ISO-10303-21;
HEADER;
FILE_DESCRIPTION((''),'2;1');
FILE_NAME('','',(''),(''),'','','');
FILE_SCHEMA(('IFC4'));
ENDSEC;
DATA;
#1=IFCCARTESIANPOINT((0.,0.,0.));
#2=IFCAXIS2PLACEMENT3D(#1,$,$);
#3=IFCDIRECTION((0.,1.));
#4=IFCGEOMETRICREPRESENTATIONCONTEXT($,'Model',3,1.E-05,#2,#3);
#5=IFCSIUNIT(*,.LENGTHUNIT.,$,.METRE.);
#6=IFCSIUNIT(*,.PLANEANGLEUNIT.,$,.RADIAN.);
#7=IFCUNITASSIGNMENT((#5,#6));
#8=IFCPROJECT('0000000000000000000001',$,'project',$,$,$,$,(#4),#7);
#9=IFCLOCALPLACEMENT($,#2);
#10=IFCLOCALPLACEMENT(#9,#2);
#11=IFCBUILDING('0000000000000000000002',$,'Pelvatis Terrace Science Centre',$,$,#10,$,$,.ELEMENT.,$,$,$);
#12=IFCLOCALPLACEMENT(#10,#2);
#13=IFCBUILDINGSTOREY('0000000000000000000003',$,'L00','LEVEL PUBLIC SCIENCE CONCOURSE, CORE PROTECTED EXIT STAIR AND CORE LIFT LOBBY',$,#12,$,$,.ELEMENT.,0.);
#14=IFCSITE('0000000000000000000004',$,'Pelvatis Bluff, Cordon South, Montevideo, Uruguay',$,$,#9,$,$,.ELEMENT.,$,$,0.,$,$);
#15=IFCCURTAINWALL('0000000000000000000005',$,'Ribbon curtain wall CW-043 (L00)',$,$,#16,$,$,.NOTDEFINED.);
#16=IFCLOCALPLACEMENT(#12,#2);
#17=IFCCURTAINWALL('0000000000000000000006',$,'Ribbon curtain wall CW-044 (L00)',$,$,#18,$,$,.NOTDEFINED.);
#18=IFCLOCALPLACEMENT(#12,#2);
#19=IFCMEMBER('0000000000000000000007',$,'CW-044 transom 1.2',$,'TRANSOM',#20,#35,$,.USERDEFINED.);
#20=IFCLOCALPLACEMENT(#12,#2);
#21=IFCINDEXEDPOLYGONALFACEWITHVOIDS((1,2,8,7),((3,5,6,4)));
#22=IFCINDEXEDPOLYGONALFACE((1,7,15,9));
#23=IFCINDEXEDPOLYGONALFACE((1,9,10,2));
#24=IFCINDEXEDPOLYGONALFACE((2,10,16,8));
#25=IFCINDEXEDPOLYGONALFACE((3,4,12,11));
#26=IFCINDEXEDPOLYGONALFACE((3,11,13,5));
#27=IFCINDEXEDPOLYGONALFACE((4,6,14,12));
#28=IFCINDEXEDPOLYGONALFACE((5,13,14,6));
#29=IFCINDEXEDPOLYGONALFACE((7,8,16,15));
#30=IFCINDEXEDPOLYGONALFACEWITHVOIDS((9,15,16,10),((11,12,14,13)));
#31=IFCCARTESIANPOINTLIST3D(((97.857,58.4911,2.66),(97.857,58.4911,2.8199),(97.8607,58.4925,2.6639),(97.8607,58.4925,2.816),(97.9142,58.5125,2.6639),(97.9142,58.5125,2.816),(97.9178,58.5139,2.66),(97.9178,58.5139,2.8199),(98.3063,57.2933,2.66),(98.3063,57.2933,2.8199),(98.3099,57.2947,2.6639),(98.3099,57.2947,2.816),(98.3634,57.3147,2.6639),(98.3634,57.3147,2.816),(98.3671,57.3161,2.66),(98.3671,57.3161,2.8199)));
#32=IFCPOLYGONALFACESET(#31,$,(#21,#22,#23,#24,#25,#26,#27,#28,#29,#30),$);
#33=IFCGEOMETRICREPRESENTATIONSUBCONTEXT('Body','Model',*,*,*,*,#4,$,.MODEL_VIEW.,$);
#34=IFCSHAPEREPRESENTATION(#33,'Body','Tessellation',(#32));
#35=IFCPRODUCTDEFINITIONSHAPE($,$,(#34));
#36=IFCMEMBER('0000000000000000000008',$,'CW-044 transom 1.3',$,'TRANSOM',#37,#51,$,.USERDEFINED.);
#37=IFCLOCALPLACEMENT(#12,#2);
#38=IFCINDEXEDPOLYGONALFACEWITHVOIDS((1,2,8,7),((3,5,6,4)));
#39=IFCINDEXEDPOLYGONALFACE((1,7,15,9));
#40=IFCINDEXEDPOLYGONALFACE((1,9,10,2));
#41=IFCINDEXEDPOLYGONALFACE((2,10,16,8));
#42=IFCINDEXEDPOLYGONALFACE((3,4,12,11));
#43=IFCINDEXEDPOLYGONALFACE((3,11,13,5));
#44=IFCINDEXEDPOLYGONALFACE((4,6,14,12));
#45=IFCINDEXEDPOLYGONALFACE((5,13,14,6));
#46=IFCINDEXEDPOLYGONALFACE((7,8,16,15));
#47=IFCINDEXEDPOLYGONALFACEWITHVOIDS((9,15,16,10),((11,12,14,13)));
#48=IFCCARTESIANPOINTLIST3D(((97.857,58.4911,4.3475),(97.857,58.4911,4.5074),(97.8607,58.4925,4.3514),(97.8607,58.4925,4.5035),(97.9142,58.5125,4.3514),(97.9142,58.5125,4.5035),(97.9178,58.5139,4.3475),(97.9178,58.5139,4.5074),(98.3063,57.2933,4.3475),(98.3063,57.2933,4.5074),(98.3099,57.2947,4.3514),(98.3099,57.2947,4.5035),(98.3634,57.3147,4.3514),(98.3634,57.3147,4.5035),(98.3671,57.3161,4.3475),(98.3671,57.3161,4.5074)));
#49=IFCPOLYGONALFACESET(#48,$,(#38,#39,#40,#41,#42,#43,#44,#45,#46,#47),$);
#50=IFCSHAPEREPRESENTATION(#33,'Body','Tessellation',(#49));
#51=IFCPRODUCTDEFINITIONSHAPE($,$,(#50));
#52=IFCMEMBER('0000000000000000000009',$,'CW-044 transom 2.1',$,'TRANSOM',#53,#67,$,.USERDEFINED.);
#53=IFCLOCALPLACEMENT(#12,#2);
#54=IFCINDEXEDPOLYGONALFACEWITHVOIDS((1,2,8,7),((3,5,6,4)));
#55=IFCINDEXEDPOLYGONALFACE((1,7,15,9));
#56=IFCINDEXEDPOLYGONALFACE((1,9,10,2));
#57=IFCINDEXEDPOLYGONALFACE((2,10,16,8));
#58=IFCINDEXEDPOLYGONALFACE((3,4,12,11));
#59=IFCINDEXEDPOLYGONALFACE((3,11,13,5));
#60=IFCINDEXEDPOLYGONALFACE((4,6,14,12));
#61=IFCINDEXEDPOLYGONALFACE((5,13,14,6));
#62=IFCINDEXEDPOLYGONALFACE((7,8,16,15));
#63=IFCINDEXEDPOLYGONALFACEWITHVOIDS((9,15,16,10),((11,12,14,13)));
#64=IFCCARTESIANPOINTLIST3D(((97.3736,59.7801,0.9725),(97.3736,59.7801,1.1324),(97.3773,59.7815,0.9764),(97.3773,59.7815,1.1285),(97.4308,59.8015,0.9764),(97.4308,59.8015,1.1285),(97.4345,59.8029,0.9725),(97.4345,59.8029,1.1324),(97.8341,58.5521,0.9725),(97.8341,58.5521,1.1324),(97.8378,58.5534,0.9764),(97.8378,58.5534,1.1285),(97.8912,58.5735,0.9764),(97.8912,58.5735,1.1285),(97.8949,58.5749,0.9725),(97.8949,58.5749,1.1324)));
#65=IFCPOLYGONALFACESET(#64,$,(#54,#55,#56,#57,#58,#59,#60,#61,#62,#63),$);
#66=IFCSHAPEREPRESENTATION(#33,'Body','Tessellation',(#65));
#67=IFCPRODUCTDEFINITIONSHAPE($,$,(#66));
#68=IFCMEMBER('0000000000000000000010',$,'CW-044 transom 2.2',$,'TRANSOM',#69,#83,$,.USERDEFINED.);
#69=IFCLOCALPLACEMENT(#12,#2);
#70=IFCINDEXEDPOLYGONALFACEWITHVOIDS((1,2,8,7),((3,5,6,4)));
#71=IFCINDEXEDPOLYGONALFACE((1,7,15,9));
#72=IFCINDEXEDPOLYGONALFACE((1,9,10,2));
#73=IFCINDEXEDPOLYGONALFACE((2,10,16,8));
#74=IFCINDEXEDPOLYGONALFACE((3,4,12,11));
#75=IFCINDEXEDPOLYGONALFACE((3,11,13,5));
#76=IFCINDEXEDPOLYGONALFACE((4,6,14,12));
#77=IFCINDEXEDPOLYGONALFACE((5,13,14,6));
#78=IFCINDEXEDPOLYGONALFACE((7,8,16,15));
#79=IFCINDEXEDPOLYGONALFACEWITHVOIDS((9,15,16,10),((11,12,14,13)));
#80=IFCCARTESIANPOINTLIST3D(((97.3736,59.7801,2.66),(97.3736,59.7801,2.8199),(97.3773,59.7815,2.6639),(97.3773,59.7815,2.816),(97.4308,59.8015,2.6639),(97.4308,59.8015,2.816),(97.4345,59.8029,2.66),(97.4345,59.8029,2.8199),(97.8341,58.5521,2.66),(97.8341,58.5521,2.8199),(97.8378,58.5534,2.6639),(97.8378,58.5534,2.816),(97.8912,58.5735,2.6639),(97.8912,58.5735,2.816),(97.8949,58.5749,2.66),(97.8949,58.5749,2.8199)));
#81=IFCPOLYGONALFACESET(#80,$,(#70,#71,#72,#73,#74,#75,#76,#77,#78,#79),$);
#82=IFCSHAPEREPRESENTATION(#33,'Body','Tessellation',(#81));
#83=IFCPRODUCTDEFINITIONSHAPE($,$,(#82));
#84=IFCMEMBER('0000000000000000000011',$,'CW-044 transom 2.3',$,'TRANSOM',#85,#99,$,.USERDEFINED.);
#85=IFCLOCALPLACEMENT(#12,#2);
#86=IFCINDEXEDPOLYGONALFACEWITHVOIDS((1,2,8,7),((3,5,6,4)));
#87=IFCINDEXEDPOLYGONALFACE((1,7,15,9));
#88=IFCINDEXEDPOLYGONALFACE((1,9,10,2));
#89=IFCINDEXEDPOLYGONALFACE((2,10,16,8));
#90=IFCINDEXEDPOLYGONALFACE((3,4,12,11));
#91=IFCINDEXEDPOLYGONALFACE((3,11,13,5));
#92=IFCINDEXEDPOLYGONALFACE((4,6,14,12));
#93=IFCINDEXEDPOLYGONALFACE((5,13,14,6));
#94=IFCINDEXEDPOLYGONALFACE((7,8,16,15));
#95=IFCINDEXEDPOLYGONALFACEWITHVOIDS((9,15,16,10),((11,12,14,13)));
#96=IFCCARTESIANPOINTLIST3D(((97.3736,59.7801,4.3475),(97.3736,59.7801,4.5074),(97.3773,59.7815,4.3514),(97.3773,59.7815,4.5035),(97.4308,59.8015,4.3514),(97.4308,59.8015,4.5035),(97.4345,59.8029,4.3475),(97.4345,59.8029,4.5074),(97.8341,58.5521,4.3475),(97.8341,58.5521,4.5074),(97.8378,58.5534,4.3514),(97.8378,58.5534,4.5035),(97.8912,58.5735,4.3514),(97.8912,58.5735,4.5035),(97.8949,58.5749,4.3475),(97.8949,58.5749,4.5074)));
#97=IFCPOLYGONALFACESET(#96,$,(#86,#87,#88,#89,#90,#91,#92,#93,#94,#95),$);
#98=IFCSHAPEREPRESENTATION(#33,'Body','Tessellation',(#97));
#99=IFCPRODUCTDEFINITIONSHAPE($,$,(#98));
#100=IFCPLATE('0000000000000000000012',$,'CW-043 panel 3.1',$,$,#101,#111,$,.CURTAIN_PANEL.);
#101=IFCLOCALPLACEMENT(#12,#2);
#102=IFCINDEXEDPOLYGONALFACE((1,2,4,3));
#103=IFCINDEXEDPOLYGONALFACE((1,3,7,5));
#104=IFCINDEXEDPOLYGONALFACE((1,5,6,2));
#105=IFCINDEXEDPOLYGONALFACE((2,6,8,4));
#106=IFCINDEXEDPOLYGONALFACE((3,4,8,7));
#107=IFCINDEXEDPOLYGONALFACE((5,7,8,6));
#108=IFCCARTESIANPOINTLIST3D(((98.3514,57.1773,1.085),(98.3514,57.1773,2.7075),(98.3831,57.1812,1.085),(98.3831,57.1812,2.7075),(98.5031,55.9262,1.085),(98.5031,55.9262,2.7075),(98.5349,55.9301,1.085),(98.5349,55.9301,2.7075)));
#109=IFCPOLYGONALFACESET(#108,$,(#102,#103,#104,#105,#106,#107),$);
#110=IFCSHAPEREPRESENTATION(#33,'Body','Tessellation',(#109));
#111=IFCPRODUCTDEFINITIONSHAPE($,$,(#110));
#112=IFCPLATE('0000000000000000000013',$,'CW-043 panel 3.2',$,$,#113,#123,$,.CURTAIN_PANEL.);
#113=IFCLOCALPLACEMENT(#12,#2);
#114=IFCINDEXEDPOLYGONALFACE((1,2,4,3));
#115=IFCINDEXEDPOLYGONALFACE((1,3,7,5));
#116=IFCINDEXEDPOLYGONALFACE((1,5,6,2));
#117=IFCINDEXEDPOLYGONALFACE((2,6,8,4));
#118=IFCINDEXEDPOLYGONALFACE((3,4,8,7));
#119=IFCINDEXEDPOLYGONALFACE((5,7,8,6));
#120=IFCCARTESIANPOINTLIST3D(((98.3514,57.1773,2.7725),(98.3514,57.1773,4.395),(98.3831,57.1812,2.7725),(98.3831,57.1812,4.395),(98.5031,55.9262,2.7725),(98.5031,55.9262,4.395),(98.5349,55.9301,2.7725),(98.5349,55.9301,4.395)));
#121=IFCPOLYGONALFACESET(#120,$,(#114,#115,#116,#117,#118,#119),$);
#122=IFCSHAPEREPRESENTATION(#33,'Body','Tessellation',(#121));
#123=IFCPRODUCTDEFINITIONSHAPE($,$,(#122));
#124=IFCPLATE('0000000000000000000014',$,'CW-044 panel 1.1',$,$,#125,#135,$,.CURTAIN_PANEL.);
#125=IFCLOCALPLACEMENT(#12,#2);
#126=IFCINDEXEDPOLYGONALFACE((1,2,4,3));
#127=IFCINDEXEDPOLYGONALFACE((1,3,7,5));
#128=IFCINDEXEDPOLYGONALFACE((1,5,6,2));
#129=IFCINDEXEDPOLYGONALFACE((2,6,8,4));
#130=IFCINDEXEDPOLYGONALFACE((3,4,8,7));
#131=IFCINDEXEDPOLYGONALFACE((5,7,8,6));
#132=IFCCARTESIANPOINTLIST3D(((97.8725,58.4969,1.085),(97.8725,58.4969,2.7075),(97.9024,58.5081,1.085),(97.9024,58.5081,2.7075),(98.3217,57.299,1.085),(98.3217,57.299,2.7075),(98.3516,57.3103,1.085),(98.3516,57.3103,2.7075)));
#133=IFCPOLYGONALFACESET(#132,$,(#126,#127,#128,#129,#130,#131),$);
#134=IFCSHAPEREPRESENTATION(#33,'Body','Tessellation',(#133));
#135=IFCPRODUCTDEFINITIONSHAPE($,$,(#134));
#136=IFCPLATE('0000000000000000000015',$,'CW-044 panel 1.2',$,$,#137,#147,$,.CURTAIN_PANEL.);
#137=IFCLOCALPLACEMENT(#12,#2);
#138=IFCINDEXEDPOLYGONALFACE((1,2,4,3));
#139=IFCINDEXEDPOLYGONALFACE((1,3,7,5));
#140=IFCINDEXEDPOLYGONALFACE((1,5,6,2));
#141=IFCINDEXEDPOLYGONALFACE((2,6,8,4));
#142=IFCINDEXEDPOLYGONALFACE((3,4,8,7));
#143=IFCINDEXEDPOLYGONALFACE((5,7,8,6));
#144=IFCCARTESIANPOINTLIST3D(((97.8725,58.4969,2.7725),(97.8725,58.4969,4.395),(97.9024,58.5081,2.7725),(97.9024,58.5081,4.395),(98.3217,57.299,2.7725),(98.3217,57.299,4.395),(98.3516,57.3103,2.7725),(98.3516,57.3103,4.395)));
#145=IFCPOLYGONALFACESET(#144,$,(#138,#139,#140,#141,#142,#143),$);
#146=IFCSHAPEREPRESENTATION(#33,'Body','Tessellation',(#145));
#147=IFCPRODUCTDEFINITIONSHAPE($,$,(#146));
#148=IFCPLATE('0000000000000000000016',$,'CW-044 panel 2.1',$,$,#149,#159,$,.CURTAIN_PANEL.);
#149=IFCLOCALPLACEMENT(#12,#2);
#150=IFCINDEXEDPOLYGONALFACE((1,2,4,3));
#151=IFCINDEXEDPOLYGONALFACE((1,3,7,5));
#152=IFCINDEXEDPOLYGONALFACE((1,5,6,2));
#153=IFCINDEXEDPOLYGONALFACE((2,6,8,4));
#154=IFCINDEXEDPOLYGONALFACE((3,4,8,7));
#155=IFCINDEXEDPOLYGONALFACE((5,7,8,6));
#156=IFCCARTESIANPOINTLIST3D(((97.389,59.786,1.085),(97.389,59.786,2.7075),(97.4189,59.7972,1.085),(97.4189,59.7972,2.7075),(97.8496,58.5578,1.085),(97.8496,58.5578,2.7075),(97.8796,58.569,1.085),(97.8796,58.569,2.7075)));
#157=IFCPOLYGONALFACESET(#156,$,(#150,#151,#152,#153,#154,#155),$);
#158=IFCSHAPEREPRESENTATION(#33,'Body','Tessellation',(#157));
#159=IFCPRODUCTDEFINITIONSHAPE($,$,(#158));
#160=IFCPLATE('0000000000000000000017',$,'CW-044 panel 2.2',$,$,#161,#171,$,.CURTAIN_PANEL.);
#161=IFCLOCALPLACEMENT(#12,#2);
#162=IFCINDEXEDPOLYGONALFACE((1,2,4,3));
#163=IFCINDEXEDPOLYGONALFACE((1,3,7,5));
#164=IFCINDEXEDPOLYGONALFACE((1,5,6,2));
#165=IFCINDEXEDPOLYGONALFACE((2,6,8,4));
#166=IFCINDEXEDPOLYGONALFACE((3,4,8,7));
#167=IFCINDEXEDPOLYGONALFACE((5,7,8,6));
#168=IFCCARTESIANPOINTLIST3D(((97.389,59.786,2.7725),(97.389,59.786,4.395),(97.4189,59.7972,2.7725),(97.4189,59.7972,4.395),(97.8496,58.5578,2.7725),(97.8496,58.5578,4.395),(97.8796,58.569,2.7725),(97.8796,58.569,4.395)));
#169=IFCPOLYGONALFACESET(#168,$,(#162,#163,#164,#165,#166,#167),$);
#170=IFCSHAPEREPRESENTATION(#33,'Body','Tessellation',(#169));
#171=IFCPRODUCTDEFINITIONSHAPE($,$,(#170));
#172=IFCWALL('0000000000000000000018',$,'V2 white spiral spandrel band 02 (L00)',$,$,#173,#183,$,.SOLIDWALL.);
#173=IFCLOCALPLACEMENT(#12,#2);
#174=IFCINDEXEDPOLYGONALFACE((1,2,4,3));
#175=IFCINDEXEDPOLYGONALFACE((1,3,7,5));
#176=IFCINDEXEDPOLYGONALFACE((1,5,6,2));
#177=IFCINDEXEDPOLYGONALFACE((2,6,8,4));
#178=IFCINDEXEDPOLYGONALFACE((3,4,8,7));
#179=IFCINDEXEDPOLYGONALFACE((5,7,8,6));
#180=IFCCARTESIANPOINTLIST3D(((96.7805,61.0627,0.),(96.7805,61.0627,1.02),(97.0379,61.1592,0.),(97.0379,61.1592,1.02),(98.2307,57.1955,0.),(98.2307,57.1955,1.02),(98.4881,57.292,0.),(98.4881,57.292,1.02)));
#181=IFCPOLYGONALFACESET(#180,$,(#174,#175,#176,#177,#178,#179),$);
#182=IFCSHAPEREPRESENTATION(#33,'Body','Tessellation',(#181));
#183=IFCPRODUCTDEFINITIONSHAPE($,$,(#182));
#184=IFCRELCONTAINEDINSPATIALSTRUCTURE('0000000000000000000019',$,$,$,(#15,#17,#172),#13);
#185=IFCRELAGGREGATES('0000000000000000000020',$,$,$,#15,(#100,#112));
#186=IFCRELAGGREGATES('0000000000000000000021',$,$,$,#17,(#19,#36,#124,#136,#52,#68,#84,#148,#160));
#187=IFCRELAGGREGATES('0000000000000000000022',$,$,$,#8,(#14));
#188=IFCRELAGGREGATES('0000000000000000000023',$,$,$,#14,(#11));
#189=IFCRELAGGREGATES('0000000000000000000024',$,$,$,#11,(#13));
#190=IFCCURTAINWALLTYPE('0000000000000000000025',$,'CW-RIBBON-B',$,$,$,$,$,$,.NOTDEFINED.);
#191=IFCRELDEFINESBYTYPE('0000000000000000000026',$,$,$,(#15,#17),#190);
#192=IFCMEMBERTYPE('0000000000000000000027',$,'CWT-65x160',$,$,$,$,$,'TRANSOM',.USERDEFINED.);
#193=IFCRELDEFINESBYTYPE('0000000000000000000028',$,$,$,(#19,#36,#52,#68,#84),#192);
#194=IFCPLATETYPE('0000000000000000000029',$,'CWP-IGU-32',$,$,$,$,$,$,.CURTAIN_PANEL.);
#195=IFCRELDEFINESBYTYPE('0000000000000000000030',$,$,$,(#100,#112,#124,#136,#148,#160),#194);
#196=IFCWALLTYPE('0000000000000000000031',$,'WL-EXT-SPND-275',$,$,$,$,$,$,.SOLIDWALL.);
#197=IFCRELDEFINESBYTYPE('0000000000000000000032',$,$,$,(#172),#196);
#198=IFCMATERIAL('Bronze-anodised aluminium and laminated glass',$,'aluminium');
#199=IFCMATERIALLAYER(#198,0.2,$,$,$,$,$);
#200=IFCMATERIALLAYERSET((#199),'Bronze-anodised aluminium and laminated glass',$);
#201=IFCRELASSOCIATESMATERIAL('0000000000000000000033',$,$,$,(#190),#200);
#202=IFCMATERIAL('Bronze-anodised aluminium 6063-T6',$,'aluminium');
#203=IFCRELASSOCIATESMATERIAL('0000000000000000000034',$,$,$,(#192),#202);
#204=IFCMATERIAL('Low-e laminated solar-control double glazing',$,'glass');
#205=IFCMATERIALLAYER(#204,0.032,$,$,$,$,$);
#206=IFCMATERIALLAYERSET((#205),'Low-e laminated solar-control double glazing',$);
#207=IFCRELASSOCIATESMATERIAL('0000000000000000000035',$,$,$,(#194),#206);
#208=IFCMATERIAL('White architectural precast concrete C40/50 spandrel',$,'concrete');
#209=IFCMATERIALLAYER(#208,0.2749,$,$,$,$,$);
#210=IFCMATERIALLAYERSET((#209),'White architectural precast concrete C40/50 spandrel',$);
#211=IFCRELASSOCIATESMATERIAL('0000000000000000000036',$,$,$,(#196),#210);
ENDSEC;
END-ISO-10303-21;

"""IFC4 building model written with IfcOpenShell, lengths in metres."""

from ifc_helpers import new_model, si_unit, direction, frame, frame_2d, origin, origin_2d, place, context, subcontext, project, spatial, rectangle, hollow_rectangle, extrude, material, layer, layer_set, material_profile, profile_set, type_object, element, aggregate, save


model = new_model("IFC4")

# Units and contexts
model_context = context("Model", 3, precision=1e-05, world=origin(), true_north=direction((0.0, 1.0)))
body_context = subcontext(model_context, "Body", "Model", "MODEL_VIEW")
ifc_project = project(units=[si_unit("LENGTHUNIT", "METRE"), si_unit("PLANEANGLEUNIT", "RADIAN")], contexts=[model_context])

# Site, building, storey
site_placement = place(None, origin())
site = spatial("IfcSite", under=ifc_project, at=site_placement, Name="Pelvatis Bluff, Cordon South, Montevideo, Uruguay", CompositionType="ELEMENT", RefElevation=0.0)
building_placement = place(site_placement, origin())
building = spatial("IfcBuilding", under=site, at=building_placement, Name="Pelvatis Terrace Science Centre", CompositionType="ELEMENT")
storey_placement = place(building_placement, origin())
storey = spatial("IfcBuildingStorey", under=building, at=storey_placement, Name="L00", Description="LEVEL PUBLIC SCIENCE CONCOURSE, CORE PROTECTED EXIT STAIR AND CORE LIFT LOBBY", CompositionType="ELEMENT", Elevation=0.0)

# Curtain walls
ifc_material_1 = material(Name="Bronze-anodised aluminium and laminated glass", Category="aluminium")
ifc_layer_1 = layer(ifc_material_1, 0.2)
ifc_layer_set_1 = layer_set([ifc_layer_1], Name="Bronze-anodised aluminium and laminated glass")
curtain_wall_type = type_object("IfcCurtainWallType", Name="CW-RIBBON-B", PredefinedType="NOTDEFINED", material=ifc_layer_set_1)
curtain_wall_1_placement = place(storey_placement, origin())
curtain_wall_1 = element("IfcCurtainWall", 1, at=curtain_wall_1_placement, inside=storey, type_object=curtain_wall_type, Name="Ribbon curtain wall CW-043 (L00)", PredefinedType="NOTDEFINED")
curtain_wall_2_placement = place(storey_placement, origin())
curtain_wall_2 = element("IfcCurtainWall", 2, at=curtain_wall_2_placement, inside=storey, type_object=curtain_wall_type, Name="Ribbon curtain wall CW-044 (L00)", PredefinedType="NOTDEFINED")

# Members
ifc_material_2 = material(Name="Bronze-anodised aluminium 6063-T6", Category="aluminium")
ifc_material_profile_1 = material_profile(ifc_material_2, hollow_rectangle(XDim=0.0649, YDim=0.1599, WallThickness=0.0039, at=origin_2d()), Name="ALU-TRN 65x160")
ifc_profile_set_1 = profile_set([ifc_material_profile_1], Name="Bronze-anodised aluminium 6063-T6")
member_type_1 = type_object("IfcMemberType", Name="CWT-65x160", ElementType="TRANSOM", PredefinedType="USERDEFINED", material=ifc_profile_set_1)
member_1_placement = place(storey_placement, frame((98.3367, 57.3047, 2.74), z_axis=(-0.351165, 0.936313, 0.0), x_axis=(-0.936313, -0.351165, 0.0)))
member_1 = element("IfcMember", 3, at=member_1_placement, type_object=member_type_1, Name="CW-044 transom 1.2", ObjectType="TRANSOM", PredefinedType="USERDEFINED", context=body_context, shape_type="SweptSolid", body=[
    extrude(hollow_rectangle(XDim=0.0649, YDim=0.1599, WallThickness=0.0039, at=origin_2d()), origin(), (0.0, 0.0, 1.0), 1.2793),
])
member_2_placement = place(storey_placement, frame((98.3367, 57.3047, 4.4275), z_axis=(-0.351165, 0.936313, 0.0), x_axis=(-0.936313, -0.351165, 0.0)))
member_2 = element("IfcMember", 4, at=member_2_placement, type_object=member_type_1, Name="CW-044 transom 1.3", ObjectType="TRANSOM", PredefinedType="USERDEFINED", context=body_context, shape_type="SweptSolid", body=[
    extrude(hollow_rectangle(XDim=0.0649, YDim=0.1599, WallThickness=0.0039, at=origin_2d()), origin(), (0.0, 0.0, 1.0), 1.2793),
])
member_3_placement = place(storey_placement, frame((97.8645, 58.5635, 1.0525), z_axis=(-0.351083, 0.936344, 0.0), x_axis=(-0.936344, -0.351083, 0.0)))
member_3 = element("IfcMember", 5, at=member_3_placement, type_object=member_type_1, Name="CW-044 transom 2.1", ObjectType="TRANSOM", PredefinedType="USERDEFINED", context=body_context, shape_type="SweptSolid", body=[
    extrude(hollow_rectangle(XDim=0.0649, YDim=0.1599, WallThickness=0.0039, at=origin_2d()), origin(), (0.0, 0.0, 1.0), 1.3115),
])
member_4_placement = place(storey_placement, frame((97.8645, 58.5635, 2.74), z_axis=(-0.351083, 0.936344, 0.0), x_axis=(-0.936344, -0.351083, 0.0)))
member_4 = element("IfcMember", 6, at=member_4_placement, type_object=member_type_1, Name="CW-044 transom 2.2", ObjectType="TRANSOM", PredefinedType="USERDEFINED", context=body_context, shape_type="SweptSolid", body=[
    extrude(hollow_rectangle(XDim=0.0649, YDim=0.1599, WallThickness=0.0039, at=origin_2d()), origin(), (0.0, 0.0, 1.0), 1.3115),
])
member_5_placement = place(storey_placement, frame((97.8645, 58.5635, 4.4275), z_axis=(-0.351083, 0.936344, 0.0), x_axis=(-0.936344, -0.351083, 0.0)))
member_5 = element("IfcMember", 7, at=member_5_placement, type_object=member_type_1, Name="CW-044 transom 2.3", ObjectType="TRANSOM", PredefinedType="USERDEFINED", context=body_context, shape_type="SweptSolid", body=[
    extrude(hollow_rectangle(XDim=0.0649, YDim=0.1599, WallThickness=0.0039, at=origin_2d()), origin(), (0.0, 0.0, 1.0), 1.3115),
])

# Plates
ifc_material_3 = material(Name="Low-e laminated solar-control double glazing", Category="glass")
ifc_layer_2 = layer(ifc_material_3, 0.032)
ifc_layer_set_2 = layer_set([ifc_layer_2], Name="Low-e laminated solar-control double glazing")
plate_type = type_object("IfcPlateType", Name="CWP-IGU-32", PredefinedType="CURTAIN_PANEL", material=ifc_layer_set_2)
plate_1_placement = place(storey_placement, frame((98.4431, 56.5537, 1.085), z_axis=(0.0, 0.0, 1.0), x_axis=(-0.120435, 0.992721, 0.0)))
plate_1 = element("IfcPlate", 8, at=plate_1_placement, type_object=plate_type, Name="CW-043 panel 3.1", PredefinedType="CURTAIN_PANEL", context=body_context, shape_type="SweptSolid", body=[
    extrude(rectangle(XDim=1.2603, YDim=0.032, at=origin_2d()), origin(), (0.0, 0.0, 1.0), 1.6226),
])
plate_2_placement = place(storey_placement, frame((98.4431, 56.5537, 2.7725), z_axis=(0.0, 0.0, 1.0), x_axis=(-0.120435, 0.992721, 0.0)))
plate_2 = element("IfcPlate", 9, at=plate_2_placement, type_object=plate_type, Name="CW-043 panel 3.2", PredefinedType="CURTAIN_PANEL", context=body_context, shape_type="SweptSolid", body=[
    extrude(rectangle(XDim=1.2603, YDim=0.032, at=origin_2d()), origin(), (0.0, 0.0, 1.0), 1.6226),
])
aggregate(curtain_wall_1, [plate_1, plate_2])
plate_3_placement = place(storey_placement, frame((98.1121, 57.9036, 1.085), z_axis=(0.0, 0.0, 1.0), x_axis=(-0.351153, 0.936318, 0.0)))
plate_3 = element("IfcPlate", 10, at=plate_3_placement, type_object=plate_type, Name="CW-044 panel 1.1", PredefinedType="CURTAIN_PANEL", context=body_context, shape_type="SweptSolid", body=[
    extrude(rectangle(XDim=1.2793, YDim=0.032, at=origin_2d()), origin(), (0.0, 0.0, 1.0), 1.6226),
])
plate_4_placement = place(storey_placement, frame((98.1121, 57.9036, 2.7725), z_axis=(0.0, 0.0, 1.0), x_axis=(-0.351153, 0.936318, 0.0)))
plate_4 = element("IfcPlate", 11, at=plate_4_placement, type_object=plate_type, Name="CW-044 panel 1.2", PredefinedType="CURTAIN_PANEL", context=body_context, shape_type="SweptSolid", body=[
    extrude(rectangle(XDim=1.2793, YDim=0.032, at=origin_2d()), origin(), (0.0, 0.0, 1.0), 1.6226),
])
plate_5_placement = place(storey_placement, frame((97.6343, 59.1775, 1.085), z_axis=(0.0, 0.0, 1.0), x_axis=(-0.351153, 0.936318, 0.0)))
plate_5 = element("IfcPlate", 12, at=plate_5_placement, type_object=plate_type, Name="CW-044 panel 2.1", PredefinedType="CURTAIN_PANEL", context=body_context, shape_type="SweptSolid", body=[
    extrude(rectangle(XDim=1.3118, YDim=0.032, at=origin_2d()), origin(), (0.0, 0.0, 1.0), 1.6226),
])
plate_6_placement = place(storey_placement, frame((97.6343, 59.1775, 2.7725), z_axis=(0.0, 0.0, 1.0), x_axis=(-0.351153, 0.936318, 0.0)))
plate_6 = element("IfcPlate", 13, at=plate_6_placement, type_object=plate_type, Name="CW-044 panel 2.2", PredefinedType="CURTAIN_PANEL", context=body_context, shape_type="SweptSolid", body=[
    extrude(rectangle(XDim=1.3118, YDim=0.032, at=origin_2d()), origin(), (0.0, 0.0, 1.0), 1.6226),
])
aggregate(curtain_wall_2, [member_1, member_2, plate_3, plate_4, member_3, member_4, member_5, plate_5, plate_6])

# Wall
ifc_material_4 = material(Name="White architectural precast concrete C40/50 spandrel", Category="concrete")
ifc_layer_3 = layer(ifc_material_4, 0.2749)
ifc_layer_set_3 = layer_set([ifc_layer_3], Name="White architectural precast concrete C40/50 spandrel")
wall_type = type_object("IfcWallType", Name="WL-EXT-SPND-275", PredefinedType="SOLIDWALL", material=ifc_layer_set_3)
wall_placement = place(storey_placement, frame((98.3594, 57.2439, 0.0), z_axis=(0.0, 0.0, 1.0), x_axis=(-0.351123, 0.936329, 0.0)))
element("IfcWall", 14, at=wall_placement, inside=storey, type_object=wall_type, Name="V2 white spiral spandrel band 02 (L00)", PredefinedType="SOLIDWALL", context=body_context, shape_type="SweptSolid", body=[
    extrude(rectangle(XDim=4.1301, YDim=0.2749, at=frame_2d((2.0649, 0.0))), origin(), (0.0, 0.0, 1.0), 1.02),
])

save(model, "model.ifc")
